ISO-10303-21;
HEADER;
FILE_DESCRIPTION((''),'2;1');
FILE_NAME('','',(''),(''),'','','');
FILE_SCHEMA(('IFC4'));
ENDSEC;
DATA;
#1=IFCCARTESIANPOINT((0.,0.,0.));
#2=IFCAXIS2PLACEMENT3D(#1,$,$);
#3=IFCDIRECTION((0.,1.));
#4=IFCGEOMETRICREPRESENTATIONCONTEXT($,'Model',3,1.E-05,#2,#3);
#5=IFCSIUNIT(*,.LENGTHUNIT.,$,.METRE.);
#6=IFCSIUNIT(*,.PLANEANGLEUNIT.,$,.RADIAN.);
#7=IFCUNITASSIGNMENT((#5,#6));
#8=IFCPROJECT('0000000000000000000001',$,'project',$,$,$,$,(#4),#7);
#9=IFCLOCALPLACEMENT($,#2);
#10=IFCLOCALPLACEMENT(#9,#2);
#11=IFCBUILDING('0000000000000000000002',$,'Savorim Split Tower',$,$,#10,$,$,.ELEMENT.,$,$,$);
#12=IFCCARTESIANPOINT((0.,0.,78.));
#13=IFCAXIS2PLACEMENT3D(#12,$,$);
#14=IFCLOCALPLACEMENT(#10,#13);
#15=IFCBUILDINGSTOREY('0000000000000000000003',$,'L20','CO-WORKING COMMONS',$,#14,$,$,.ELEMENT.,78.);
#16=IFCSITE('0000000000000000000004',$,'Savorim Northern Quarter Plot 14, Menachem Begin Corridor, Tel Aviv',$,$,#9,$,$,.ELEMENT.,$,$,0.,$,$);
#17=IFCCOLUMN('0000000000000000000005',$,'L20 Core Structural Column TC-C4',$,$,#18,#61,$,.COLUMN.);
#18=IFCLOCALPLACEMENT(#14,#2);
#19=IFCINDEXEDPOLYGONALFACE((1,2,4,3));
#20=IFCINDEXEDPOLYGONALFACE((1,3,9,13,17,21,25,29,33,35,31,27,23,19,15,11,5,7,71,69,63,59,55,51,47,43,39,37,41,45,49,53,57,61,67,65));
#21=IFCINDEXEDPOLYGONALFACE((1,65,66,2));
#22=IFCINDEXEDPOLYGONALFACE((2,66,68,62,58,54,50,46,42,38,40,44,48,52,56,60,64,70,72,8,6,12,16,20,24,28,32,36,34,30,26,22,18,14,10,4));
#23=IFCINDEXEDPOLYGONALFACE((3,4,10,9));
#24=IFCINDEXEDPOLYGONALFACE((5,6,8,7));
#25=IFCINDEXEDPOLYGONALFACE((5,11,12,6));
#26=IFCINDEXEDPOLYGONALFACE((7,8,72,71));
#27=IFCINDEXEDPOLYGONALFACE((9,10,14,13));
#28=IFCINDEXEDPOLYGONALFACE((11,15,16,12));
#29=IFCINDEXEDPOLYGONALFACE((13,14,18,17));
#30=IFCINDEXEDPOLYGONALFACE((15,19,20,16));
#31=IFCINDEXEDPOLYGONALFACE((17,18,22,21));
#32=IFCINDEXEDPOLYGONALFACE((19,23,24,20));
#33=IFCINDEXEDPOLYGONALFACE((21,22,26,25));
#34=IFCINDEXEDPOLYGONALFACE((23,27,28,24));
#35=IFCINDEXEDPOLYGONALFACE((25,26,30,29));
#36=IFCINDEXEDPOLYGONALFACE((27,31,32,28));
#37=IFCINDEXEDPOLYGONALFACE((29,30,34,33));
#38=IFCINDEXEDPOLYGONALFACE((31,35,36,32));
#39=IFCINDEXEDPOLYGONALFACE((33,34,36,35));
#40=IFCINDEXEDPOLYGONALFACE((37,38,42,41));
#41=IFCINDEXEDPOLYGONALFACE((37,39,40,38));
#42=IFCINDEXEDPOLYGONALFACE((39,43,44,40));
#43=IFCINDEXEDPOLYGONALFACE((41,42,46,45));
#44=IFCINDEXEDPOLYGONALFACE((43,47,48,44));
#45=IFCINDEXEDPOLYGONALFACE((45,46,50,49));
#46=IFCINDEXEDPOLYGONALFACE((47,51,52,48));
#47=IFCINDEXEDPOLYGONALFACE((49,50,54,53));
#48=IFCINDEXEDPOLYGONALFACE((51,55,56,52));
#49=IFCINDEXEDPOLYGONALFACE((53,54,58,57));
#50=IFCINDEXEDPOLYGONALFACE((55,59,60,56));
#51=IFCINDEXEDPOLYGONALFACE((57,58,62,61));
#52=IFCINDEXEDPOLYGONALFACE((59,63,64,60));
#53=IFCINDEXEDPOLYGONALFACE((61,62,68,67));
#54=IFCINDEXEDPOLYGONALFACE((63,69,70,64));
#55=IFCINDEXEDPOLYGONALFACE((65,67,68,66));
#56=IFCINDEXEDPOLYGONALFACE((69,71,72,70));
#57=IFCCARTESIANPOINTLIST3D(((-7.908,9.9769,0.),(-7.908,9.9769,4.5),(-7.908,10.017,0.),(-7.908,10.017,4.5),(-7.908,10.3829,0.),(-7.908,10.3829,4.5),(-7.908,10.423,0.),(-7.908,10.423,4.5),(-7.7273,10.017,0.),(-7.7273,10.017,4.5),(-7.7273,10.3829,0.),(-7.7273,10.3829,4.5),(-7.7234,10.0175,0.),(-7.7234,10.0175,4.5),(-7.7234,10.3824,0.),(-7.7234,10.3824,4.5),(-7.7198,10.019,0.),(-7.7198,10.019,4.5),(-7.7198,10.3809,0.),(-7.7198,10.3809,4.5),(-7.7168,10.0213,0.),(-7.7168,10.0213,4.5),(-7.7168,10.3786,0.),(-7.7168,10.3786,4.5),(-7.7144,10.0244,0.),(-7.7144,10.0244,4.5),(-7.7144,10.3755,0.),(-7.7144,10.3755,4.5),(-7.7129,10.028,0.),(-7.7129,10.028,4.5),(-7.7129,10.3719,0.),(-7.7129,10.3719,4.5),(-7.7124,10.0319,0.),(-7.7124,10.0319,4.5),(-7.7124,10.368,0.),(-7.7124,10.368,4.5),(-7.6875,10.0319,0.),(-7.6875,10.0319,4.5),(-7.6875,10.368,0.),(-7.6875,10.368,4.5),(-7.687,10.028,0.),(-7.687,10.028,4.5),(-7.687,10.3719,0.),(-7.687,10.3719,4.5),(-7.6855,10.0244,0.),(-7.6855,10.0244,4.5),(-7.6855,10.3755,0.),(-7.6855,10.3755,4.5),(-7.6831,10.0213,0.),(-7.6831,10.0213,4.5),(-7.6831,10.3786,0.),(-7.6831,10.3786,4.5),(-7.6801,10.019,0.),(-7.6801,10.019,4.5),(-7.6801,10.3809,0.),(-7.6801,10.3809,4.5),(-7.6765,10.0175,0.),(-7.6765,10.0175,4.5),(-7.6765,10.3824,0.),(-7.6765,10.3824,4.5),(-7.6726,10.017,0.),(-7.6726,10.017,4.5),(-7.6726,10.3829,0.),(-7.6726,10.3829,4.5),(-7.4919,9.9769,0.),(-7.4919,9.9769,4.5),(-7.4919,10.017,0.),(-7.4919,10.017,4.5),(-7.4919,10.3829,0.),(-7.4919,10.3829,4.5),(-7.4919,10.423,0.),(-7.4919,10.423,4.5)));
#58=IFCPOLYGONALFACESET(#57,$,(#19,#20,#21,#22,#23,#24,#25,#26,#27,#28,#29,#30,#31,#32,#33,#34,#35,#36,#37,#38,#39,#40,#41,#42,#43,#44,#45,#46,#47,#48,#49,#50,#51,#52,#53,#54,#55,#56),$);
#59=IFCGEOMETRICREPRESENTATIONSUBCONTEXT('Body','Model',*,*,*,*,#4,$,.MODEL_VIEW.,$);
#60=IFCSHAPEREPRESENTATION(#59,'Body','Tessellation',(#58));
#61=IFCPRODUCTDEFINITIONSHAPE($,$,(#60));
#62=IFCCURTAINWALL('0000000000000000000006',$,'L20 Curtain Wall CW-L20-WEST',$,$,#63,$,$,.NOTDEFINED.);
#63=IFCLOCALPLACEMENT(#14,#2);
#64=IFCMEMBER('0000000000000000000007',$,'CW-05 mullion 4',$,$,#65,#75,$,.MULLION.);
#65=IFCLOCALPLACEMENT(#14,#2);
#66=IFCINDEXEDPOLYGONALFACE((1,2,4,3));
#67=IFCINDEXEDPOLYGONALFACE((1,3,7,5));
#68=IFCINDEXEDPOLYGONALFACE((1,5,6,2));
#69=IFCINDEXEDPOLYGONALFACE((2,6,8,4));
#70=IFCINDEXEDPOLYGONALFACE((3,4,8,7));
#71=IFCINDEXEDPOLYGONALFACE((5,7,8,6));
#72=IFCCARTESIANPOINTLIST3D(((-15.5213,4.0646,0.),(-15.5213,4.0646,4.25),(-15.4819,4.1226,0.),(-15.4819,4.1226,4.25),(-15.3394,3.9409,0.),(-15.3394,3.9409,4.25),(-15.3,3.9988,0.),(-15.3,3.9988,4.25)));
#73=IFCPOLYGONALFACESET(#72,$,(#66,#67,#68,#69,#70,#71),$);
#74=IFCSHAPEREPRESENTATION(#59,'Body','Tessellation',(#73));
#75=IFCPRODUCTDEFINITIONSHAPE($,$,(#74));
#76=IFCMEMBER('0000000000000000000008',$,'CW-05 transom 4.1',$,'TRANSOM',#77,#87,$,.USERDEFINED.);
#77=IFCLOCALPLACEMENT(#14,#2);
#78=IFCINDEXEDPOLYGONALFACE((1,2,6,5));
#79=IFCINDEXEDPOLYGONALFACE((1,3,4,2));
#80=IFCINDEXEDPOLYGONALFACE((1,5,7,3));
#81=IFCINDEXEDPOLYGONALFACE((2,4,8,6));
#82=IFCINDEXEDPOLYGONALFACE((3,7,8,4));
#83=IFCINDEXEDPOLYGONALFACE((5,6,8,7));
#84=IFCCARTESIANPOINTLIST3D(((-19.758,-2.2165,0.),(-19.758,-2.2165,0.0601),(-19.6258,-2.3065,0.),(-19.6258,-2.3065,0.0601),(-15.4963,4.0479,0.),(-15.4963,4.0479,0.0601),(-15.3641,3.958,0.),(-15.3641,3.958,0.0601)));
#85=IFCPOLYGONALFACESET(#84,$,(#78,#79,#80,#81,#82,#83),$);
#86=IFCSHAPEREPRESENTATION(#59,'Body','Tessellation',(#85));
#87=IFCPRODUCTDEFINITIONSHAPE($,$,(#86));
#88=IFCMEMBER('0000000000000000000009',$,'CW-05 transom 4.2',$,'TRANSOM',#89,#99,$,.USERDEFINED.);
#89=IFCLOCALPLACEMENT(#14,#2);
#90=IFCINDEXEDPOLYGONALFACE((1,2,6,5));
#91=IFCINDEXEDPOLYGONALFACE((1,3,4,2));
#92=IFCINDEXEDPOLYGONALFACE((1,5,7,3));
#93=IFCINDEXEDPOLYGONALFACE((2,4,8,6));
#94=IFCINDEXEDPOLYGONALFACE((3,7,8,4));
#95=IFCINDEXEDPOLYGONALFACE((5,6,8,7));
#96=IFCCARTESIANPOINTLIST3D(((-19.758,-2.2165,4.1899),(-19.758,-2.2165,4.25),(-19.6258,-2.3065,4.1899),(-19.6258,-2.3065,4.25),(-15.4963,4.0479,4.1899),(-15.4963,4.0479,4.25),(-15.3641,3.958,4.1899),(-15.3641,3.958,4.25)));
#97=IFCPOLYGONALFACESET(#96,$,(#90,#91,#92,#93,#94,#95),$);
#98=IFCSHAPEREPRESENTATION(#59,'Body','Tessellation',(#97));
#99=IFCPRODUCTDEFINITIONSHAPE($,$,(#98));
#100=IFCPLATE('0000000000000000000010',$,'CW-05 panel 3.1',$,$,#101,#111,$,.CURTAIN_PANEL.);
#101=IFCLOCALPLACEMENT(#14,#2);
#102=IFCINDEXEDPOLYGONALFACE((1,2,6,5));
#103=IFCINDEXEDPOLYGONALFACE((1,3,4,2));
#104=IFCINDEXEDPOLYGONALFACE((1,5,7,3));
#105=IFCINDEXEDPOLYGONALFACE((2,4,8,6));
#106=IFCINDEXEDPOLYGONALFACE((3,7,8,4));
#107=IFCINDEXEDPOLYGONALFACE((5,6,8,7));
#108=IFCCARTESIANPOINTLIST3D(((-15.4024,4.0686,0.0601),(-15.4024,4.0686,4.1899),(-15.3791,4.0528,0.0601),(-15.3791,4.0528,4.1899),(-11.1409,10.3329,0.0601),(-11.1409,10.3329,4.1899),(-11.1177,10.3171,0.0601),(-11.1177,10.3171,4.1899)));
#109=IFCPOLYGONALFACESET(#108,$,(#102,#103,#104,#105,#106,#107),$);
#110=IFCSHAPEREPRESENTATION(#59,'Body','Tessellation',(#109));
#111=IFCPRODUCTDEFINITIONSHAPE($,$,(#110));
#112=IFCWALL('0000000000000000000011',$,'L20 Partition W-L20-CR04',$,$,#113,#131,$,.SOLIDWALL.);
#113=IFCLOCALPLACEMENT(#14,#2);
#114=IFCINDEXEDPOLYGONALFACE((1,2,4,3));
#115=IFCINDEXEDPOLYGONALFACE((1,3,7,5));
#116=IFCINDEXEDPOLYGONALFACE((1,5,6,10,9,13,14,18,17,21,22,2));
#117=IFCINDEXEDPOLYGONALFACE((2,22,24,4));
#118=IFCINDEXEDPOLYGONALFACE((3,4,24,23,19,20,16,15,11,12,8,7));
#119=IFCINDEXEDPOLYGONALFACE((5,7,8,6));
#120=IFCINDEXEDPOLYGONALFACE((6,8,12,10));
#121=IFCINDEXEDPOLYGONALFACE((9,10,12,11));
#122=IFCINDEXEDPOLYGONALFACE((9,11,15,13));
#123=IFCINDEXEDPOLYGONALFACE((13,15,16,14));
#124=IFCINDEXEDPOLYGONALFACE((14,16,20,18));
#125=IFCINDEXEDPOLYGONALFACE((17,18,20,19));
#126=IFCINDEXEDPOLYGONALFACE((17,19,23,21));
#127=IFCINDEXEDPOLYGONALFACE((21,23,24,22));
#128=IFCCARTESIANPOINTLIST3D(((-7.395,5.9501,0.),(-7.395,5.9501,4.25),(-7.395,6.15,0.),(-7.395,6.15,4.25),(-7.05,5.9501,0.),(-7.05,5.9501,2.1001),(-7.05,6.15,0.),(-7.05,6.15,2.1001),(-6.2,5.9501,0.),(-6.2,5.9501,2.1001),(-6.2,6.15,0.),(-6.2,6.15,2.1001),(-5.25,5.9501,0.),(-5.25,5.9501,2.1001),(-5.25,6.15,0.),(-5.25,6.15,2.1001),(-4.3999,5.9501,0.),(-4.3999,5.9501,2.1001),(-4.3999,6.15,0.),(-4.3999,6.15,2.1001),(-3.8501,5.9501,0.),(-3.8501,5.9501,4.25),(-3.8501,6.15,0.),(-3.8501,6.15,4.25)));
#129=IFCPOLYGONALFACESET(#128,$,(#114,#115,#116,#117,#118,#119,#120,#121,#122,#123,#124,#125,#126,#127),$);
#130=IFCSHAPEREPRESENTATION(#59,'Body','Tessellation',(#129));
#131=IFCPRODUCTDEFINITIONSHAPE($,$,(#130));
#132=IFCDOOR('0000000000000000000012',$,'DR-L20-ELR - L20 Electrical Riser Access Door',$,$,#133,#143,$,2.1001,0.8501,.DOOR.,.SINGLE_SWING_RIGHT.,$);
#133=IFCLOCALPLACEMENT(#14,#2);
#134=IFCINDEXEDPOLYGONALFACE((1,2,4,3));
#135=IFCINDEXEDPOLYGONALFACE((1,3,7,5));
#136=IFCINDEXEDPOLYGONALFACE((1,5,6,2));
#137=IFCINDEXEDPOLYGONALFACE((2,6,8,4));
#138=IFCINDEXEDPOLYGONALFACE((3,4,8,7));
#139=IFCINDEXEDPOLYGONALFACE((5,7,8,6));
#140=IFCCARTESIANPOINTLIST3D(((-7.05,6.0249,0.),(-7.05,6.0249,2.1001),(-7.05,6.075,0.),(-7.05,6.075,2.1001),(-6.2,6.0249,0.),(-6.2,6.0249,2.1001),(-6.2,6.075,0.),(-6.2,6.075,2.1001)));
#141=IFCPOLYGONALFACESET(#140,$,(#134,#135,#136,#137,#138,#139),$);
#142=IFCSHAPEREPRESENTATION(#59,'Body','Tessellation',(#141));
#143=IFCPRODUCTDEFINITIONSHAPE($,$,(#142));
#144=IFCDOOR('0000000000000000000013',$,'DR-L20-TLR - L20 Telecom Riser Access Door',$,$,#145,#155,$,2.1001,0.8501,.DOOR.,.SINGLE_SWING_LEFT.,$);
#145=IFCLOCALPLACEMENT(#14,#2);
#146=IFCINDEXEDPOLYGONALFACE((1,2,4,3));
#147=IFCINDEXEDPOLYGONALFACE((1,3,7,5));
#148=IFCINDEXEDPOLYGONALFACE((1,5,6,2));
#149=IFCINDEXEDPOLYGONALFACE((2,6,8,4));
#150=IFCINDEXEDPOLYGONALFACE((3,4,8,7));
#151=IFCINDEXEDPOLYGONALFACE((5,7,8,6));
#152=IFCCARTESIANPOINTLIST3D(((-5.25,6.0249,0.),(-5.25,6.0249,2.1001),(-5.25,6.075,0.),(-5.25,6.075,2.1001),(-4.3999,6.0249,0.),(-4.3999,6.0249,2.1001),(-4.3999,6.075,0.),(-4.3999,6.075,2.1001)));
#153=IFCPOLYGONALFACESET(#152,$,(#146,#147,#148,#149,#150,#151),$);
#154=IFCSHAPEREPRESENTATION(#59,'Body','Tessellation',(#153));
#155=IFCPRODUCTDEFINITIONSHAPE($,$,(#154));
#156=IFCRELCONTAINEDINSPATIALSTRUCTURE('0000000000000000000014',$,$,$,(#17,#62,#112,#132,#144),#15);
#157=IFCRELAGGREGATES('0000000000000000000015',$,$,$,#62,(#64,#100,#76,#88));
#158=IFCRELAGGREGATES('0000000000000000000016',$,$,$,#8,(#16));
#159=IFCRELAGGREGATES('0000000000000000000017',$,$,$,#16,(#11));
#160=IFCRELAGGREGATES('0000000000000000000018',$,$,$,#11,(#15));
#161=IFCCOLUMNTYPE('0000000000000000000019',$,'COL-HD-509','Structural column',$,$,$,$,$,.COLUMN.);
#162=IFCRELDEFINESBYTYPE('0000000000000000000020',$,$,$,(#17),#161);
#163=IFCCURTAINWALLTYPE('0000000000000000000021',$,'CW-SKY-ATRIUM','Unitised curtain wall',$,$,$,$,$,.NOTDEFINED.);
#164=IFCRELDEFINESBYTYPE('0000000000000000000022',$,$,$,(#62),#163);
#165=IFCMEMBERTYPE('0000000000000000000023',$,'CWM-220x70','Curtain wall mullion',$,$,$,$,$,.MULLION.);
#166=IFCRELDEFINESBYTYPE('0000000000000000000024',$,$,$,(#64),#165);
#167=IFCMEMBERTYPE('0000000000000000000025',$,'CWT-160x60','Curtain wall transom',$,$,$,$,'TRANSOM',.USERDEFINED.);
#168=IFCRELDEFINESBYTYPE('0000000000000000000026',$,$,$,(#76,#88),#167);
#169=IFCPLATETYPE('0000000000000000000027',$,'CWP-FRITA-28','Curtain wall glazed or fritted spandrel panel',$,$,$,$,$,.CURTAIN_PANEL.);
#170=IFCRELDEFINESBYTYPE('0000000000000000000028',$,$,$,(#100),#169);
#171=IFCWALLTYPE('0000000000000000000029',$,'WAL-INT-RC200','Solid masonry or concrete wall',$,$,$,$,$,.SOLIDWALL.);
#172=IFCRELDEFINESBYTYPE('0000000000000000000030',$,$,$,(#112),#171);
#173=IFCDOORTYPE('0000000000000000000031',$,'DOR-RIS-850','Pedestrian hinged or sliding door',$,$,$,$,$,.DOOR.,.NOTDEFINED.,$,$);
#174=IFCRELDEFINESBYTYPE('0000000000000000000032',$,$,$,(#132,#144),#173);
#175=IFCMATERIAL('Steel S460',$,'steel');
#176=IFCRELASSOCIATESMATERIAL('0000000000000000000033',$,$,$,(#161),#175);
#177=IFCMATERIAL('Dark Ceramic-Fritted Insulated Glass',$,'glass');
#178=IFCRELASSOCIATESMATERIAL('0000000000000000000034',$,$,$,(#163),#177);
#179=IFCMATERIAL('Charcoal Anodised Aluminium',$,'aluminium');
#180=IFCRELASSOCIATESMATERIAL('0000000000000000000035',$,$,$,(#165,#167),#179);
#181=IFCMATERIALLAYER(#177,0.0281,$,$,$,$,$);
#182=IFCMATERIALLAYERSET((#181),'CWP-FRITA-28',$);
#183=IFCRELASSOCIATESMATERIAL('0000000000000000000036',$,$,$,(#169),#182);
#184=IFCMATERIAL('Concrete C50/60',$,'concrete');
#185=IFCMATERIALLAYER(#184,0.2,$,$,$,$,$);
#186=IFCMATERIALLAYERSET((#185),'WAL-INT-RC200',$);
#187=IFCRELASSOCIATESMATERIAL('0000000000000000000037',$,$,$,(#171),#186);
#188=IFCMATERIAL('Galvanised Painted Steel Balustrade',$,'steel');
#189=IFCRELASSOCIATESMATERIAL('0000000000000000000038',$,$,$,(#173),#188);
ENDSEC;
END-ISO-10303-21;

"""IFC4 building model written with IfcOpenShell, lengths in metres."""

from ifc_helpers import new_model, si_unit, direction, frame, frame_2d, origin, origin_2d, place, context, subcontext, project, spatial, rectangle, i_section, extrude, material, layer, layer_set, material_profile, profile_set, type_object, element, fill, aggregate, save


model = new_model("IFC4")

# Units and contexts
model_context = context("Model", 3, precision=1e-05, world=origin(), true_north=direction((0.0, 1.0)))
body_context = subcontext(model_context, "Body", "Model", "MODEL_VIEW")
ifc_project = project(units=[si_unit("LENGTHUNIT", "METRE"), si_unit("PLANEANGLEUNIT", "RADIAN")], contexts=[model_context])

# Site, building, storey
site_placement = place(None, origin())
site = spatial("IfcSite", under=ifc_project, at=site_placement, Name="Savorim Northern Quarter Plot 14, Menachem Begin Corridor, Tel Aviv", CompositionType="ELEMENT", RefElevation=0.0)
building_placement = place(site_placement, origin())
building = spatial("IfcBuilding", under=site, at=building_placement, Name="Savorim Split Tower", CompositionType="ELEMENT")
storey_placement = place(building_placement, frame((0.0, 0.0, 78.0)))
storey = spatial("IfcBuildingStorey", under=building, at=storey_placement, Name="L20", Description="CO-WORKING COMMONS", CompositionType="ELEMENT", Elevation=78.0)

# Column
ifc_material_1 = material(Name="Steel S460", Category="steel")
ifc_material_profile_1 = material_profile(ifc_material_1, i_section(OverallWidth=0.416, OverallDepth=0.446, WebThickness=0.0249, FlangeThickness=0.04, FilletRadius=0.0149, at=origin_2d()), Name="HD 400x509")
ifc_profile_set_1 = profile_set([ifc_material_profile_1], Name="Steel S460")
column_type = type_object("IfcColumnType", Name="COL-HD-509", Description="Structural column", PredefinedType="COLUMN", material=ifc_profile_set_1)
column_placement = place(storey_placement, frame((-7.7, 10.2, 0.0), z_axis=(0.0, 0.0, 1.0), x_axis=(1.0, 0.0, 0.0)))
element("IfcColumn", 1, at=column_placement, inside=storey, type_object=column_type, Name="L20 Core Structural Column TC-C4", PredefinedType="COLUMN", context=body_context, shape_type="SweptSolid", body=[
    extrude(i_section(OverallWidth=0.416, OverallDepth=0.446, WebThickness=0.0249, FlangeThickness=0.04, FilletRadius=0.0149, at=origin_2d()), origin(), (0.0, 0.0, 1.0), 4.5),
])

# Curtain wall, members, plate
ifc_material_2 = material(Name="Dark Ceramic-Fritted Insulated Glass", Category="glass")
curtain_wall_type = type_object("IfcCurtainWallType", Name="CW-SKY-ATRIUM", Description="Unitised curtain wall", PredefinedType="NOTDEFINED", material=ifc_material_2)
curtain_wall_placement = place(storey_placement, origin())
curtain_wall = element("IfcCurtainWall", 2, at=curtain_wall_placement, inside=storey, type_object=curtain_wall_type, Name="L20 Curtain Wall CW-L20-WEST", PredefinedType="NOTDEFINED")
ifc_material_3 = material(Name="Charcoal Anodised Aluminium", Category="aluminium")
ifc_material_profile_2 = material_profile(ifc_material_3, rectangle(XDim=0.22, YDim=0.0701, at=origin_2d()), Name="ALU-M 220x70")
ifc_profile_set_2 = profile_set([ifc_material_profile_2], Name="Charcoal Anodised Aluminium")
member_type_1 = type_object("IfcMemberType", Name="CWM-220x70", Description="Curtain wall mullion", PredefinedType="MULLION", material=ifc_profile_set_2)
member_1_placement = place(storey_placement, frame((-15.4106, 4.0317, 0.0), z_axis=(0.0, 0.0, 1.0), x_axis=(0.82682, -0.562467, 0.0)))
member_1 = element("IfcMember", 3, at=member_1_placement, type_object=member_type_1, Name="CW-05 mullion 4", PredefinedType="MULLION", context=body_context, shape_type="SweptSolid", body=[
    extrude(rectangle(XDim=0.22, YDim=0.0701, at=origin_2d()), origin(), (0.0, 0.0, 1.0), 4.25),
])
ifc_material_profile_3 = material_profile(ifc_material_3, rectangle(XDim=0.1599, YDim=0.0601, at=origin_2d()), Name="ALU-T 160x60")
ifc_profile_set_3 = profile_set([ifc_material_profile_3], Name="Charcoal Anodised Aluminium")
member_type_2 = type_object("IfcMemberType", Name="CWT-160x60", Description="Curtain wall transom", ElementType="TRANSOM", PredefinedType="USERDEFINED", material=ifc_profile_set_3)
member_2_placement = place(storey_placement, frame((-15.4302, 4.0029, 0.03), z_axis=(-0.562484, -0.826808, 0.0), x_axis=(0.826808, -0.562484, 0.0)))
member_2 = element("IfcMember", 4, at=member_2_placement, type_object=member_type_2, Name="CW-05 transom 4.1", ObjectType="TRANSOM", PredefinedType="USERDEFINED", context=body_context, shape_type="SweptSolid", body=[
    extrude(rectangle(XDim=0.1599, YDim=0.0601, at=origin_2d()), origin(), (0.0, 0.0, 1.0), 7.5767),
])
member_3_placement = place(storey_placement, frame((-15.4302, 4.0029, 4.22), z_axis=(-0.562484, -0.826808, 0.0), x_axis=(0.826808, -0.562484, 0.0)))
member_3 = element("IfcMember", 5, at=member_3_placement, type_object=member_type_2, Name="CW-05 transom 4.2", ObjectType="TRANSOM", PredefinedType="USERDEFINED", context=body_context, shape_type="SweptSolid", body=[
    extrude(rectangle(XDim=0.1599, YDim=0.0601, at=origin_2d()), origin(), (0.0, 0.0, 1.0), 7.5767),
])
ifc_layer_1 = layer(ifc_material_2, 0.0281)
ifc_layer_set_1 = layer_set([ifc_layer_1], Name="CWP-FRITA-28")
plate_type = type_object("IfcPlateType", Name="CWP-FRITA-28", Description="Curtain wall glazed or fritted spandrel panel", PredefinedType="CURTAIN_PANEL", material=ifc_layer_set_1)
plate_placement = place(storey_placement, frame((-13.26, 7.1929, 0.0601), z_axis=(0.0, 0.0, 1.0), x_axis=(-0.562467, -0.82682, 0.0)))
plate = element("IfcPlate", 6, at=plate_placement, type_object=plate_type, Name="CW-05 panel 3.1", PredefinedType="CURTAIN_PANEL", context=body_context, shape_type="SweptSolid", body=[
    extrude(rectangle(XDim=7.5764, YDim=0.0281, at=origin_2d()), origin(), (0.0, 0.0, 1.0), 4.1299),
])
aggregate(curtain_wall, [member_1, plate, member_2, member_3])

# Wall, openings, doors
ifc_material_4 = material(Name="Concrete C50/60", Category="concrete")
ifc_layer_2 = layer(ifc_material_4, 0.2)
ifc_layer_set_2 = layer_set([ifc_layer_2], Name="WAL-INT-RC200")
wall_type_1 = type_object("IfcWallType", Name="WAL-INT-RC200", Description="Solid masonry or concrete wall", PredefinedType="SOLIDWALL", material=ifc_layer_set_2)
wall_1_placement = place(storey_placement, frame((-7.395, 6.05, 0.0), z_axis=(0.0, 0.0, 1.0), x_axis=(1.0, 0.0, 0.0)))
wall_1 = element("IfcWall", 7, at=wall_1_placement, inside=storey, type_object=wall_type_1, Name="L20 Partition W-L20-CR04", PredefinedType="SOLIDWALL", context=body_context, shape_type="SweptSolid", body=[
    extrude(rectangle(XDim=3.5449, YDim=0.2, at=frame_2d((1.7725, 0.0))), origin(), (0.0, 0.0, 1.0), 4.25),
])
opening_1_placement = place(wall_1_placement, frame((0.345, 0.0, 0.0)))
opening_1 = element("IfcOpeningElement", 8, at=opening_1_placement, cuts=wall_1, PredefinedType="OPENING", context=body_context, shape_type="SweptSolid", body=[
    extrude(rectangle(XDim=0.8501, YDim=2.1001, at=frame_2d((0.425, 1.05))), frame((0.0, 0.1099, 0.0), z_axis=(0.0, -1.0, 0.0), x_axis=(1.0, 0.0, 0.0)), (0.0, 0.0, 1.0), 0.22),
])
opening_2_placement = place(wall_1_placement, frame((2.145, 0.0, 0.0)))
opening_2 = element("IfcOpeningElement", 9, at=opening_2_placement, cuts=wall_1, PredefinedType="OPENING", context=body_context, shape_type="SweptSolid", body=[
    extrude(rectangle(XDim=0.8501, YDim=2.1001, at=frame_2d((0.425, 1.05))), frame((0.0, 0.1099, 0.0), z_axis=(0.0, -1.0, 0.0), x_axis=(1.0, 0.0, 0.0)), (0.0, 0.0, 1.0), 0.22),
])
ifc_material_5 = material(Name="Galvanised Painted Steel Balustrade", Category="steel")
door_type_1 = type_object("IfcDoorType", Name="DOR-RIS-850", Description="Pedestrian hinged or sliding door", OperationType="NOTDEFINED", PredefinedType="DOOR", material=ifc_material_5)
door_1_placement = place(opening_1_placement, origin())
door_1 = element("IfcDoor", 10, at=door_1_placement, inside=storey, type_object=door_type_1, Name="DR-L20-ELR - L20 Electrical Riser Access Door", OperationType="SINGLE_SWING_RIGHT", OverallHeight=2.1001, OverallWidth=0.8501, PredefinedType="DOOR", context=body_context, shape_type="SweptSolid", body=[
    extrude(rectangle(XDim=0.8501, YDim=2.1001, at=frame_2d((0.425, 1.05))), frame((0.0, 0.0249, 0.0), z_axis=(0.0, -1.0, 0.0), x_axis=(1.0, 0.0, 0.0)), (0.0, 0.0, 1.0), 0.05),
])
fill(opening_1, door_1)
door_2_placement = place(opening_2_placement, origin())
door_2 = element("IfcDoor", 11, at=door_2_placement, inside=storey, type_object=door_type_1, Name="DR-L20-TLR - L20 Telecom Riser Access Door", OperationType="SINGLE_SWING_LEFT", OverallHeight=2.1001, OverallWidth=0.8501, PredefinedType="DOOR", context=body_context, shape_type="SweptSolid", body=[
    extrude(rectangle(XDim=0.8501, YDim=2.1001, at=frame_2d((0.425, 1.05))), frame((0.0, 0.0249, 0.0), z_axis=(0.0, -1.0, 0.0), x_axis=(1.0, 0.0, 0.0)), (0.0, 0.0, 1.0), 0.05),
])
fill(opening_2, door_2)

save(model, "model.ifc")
